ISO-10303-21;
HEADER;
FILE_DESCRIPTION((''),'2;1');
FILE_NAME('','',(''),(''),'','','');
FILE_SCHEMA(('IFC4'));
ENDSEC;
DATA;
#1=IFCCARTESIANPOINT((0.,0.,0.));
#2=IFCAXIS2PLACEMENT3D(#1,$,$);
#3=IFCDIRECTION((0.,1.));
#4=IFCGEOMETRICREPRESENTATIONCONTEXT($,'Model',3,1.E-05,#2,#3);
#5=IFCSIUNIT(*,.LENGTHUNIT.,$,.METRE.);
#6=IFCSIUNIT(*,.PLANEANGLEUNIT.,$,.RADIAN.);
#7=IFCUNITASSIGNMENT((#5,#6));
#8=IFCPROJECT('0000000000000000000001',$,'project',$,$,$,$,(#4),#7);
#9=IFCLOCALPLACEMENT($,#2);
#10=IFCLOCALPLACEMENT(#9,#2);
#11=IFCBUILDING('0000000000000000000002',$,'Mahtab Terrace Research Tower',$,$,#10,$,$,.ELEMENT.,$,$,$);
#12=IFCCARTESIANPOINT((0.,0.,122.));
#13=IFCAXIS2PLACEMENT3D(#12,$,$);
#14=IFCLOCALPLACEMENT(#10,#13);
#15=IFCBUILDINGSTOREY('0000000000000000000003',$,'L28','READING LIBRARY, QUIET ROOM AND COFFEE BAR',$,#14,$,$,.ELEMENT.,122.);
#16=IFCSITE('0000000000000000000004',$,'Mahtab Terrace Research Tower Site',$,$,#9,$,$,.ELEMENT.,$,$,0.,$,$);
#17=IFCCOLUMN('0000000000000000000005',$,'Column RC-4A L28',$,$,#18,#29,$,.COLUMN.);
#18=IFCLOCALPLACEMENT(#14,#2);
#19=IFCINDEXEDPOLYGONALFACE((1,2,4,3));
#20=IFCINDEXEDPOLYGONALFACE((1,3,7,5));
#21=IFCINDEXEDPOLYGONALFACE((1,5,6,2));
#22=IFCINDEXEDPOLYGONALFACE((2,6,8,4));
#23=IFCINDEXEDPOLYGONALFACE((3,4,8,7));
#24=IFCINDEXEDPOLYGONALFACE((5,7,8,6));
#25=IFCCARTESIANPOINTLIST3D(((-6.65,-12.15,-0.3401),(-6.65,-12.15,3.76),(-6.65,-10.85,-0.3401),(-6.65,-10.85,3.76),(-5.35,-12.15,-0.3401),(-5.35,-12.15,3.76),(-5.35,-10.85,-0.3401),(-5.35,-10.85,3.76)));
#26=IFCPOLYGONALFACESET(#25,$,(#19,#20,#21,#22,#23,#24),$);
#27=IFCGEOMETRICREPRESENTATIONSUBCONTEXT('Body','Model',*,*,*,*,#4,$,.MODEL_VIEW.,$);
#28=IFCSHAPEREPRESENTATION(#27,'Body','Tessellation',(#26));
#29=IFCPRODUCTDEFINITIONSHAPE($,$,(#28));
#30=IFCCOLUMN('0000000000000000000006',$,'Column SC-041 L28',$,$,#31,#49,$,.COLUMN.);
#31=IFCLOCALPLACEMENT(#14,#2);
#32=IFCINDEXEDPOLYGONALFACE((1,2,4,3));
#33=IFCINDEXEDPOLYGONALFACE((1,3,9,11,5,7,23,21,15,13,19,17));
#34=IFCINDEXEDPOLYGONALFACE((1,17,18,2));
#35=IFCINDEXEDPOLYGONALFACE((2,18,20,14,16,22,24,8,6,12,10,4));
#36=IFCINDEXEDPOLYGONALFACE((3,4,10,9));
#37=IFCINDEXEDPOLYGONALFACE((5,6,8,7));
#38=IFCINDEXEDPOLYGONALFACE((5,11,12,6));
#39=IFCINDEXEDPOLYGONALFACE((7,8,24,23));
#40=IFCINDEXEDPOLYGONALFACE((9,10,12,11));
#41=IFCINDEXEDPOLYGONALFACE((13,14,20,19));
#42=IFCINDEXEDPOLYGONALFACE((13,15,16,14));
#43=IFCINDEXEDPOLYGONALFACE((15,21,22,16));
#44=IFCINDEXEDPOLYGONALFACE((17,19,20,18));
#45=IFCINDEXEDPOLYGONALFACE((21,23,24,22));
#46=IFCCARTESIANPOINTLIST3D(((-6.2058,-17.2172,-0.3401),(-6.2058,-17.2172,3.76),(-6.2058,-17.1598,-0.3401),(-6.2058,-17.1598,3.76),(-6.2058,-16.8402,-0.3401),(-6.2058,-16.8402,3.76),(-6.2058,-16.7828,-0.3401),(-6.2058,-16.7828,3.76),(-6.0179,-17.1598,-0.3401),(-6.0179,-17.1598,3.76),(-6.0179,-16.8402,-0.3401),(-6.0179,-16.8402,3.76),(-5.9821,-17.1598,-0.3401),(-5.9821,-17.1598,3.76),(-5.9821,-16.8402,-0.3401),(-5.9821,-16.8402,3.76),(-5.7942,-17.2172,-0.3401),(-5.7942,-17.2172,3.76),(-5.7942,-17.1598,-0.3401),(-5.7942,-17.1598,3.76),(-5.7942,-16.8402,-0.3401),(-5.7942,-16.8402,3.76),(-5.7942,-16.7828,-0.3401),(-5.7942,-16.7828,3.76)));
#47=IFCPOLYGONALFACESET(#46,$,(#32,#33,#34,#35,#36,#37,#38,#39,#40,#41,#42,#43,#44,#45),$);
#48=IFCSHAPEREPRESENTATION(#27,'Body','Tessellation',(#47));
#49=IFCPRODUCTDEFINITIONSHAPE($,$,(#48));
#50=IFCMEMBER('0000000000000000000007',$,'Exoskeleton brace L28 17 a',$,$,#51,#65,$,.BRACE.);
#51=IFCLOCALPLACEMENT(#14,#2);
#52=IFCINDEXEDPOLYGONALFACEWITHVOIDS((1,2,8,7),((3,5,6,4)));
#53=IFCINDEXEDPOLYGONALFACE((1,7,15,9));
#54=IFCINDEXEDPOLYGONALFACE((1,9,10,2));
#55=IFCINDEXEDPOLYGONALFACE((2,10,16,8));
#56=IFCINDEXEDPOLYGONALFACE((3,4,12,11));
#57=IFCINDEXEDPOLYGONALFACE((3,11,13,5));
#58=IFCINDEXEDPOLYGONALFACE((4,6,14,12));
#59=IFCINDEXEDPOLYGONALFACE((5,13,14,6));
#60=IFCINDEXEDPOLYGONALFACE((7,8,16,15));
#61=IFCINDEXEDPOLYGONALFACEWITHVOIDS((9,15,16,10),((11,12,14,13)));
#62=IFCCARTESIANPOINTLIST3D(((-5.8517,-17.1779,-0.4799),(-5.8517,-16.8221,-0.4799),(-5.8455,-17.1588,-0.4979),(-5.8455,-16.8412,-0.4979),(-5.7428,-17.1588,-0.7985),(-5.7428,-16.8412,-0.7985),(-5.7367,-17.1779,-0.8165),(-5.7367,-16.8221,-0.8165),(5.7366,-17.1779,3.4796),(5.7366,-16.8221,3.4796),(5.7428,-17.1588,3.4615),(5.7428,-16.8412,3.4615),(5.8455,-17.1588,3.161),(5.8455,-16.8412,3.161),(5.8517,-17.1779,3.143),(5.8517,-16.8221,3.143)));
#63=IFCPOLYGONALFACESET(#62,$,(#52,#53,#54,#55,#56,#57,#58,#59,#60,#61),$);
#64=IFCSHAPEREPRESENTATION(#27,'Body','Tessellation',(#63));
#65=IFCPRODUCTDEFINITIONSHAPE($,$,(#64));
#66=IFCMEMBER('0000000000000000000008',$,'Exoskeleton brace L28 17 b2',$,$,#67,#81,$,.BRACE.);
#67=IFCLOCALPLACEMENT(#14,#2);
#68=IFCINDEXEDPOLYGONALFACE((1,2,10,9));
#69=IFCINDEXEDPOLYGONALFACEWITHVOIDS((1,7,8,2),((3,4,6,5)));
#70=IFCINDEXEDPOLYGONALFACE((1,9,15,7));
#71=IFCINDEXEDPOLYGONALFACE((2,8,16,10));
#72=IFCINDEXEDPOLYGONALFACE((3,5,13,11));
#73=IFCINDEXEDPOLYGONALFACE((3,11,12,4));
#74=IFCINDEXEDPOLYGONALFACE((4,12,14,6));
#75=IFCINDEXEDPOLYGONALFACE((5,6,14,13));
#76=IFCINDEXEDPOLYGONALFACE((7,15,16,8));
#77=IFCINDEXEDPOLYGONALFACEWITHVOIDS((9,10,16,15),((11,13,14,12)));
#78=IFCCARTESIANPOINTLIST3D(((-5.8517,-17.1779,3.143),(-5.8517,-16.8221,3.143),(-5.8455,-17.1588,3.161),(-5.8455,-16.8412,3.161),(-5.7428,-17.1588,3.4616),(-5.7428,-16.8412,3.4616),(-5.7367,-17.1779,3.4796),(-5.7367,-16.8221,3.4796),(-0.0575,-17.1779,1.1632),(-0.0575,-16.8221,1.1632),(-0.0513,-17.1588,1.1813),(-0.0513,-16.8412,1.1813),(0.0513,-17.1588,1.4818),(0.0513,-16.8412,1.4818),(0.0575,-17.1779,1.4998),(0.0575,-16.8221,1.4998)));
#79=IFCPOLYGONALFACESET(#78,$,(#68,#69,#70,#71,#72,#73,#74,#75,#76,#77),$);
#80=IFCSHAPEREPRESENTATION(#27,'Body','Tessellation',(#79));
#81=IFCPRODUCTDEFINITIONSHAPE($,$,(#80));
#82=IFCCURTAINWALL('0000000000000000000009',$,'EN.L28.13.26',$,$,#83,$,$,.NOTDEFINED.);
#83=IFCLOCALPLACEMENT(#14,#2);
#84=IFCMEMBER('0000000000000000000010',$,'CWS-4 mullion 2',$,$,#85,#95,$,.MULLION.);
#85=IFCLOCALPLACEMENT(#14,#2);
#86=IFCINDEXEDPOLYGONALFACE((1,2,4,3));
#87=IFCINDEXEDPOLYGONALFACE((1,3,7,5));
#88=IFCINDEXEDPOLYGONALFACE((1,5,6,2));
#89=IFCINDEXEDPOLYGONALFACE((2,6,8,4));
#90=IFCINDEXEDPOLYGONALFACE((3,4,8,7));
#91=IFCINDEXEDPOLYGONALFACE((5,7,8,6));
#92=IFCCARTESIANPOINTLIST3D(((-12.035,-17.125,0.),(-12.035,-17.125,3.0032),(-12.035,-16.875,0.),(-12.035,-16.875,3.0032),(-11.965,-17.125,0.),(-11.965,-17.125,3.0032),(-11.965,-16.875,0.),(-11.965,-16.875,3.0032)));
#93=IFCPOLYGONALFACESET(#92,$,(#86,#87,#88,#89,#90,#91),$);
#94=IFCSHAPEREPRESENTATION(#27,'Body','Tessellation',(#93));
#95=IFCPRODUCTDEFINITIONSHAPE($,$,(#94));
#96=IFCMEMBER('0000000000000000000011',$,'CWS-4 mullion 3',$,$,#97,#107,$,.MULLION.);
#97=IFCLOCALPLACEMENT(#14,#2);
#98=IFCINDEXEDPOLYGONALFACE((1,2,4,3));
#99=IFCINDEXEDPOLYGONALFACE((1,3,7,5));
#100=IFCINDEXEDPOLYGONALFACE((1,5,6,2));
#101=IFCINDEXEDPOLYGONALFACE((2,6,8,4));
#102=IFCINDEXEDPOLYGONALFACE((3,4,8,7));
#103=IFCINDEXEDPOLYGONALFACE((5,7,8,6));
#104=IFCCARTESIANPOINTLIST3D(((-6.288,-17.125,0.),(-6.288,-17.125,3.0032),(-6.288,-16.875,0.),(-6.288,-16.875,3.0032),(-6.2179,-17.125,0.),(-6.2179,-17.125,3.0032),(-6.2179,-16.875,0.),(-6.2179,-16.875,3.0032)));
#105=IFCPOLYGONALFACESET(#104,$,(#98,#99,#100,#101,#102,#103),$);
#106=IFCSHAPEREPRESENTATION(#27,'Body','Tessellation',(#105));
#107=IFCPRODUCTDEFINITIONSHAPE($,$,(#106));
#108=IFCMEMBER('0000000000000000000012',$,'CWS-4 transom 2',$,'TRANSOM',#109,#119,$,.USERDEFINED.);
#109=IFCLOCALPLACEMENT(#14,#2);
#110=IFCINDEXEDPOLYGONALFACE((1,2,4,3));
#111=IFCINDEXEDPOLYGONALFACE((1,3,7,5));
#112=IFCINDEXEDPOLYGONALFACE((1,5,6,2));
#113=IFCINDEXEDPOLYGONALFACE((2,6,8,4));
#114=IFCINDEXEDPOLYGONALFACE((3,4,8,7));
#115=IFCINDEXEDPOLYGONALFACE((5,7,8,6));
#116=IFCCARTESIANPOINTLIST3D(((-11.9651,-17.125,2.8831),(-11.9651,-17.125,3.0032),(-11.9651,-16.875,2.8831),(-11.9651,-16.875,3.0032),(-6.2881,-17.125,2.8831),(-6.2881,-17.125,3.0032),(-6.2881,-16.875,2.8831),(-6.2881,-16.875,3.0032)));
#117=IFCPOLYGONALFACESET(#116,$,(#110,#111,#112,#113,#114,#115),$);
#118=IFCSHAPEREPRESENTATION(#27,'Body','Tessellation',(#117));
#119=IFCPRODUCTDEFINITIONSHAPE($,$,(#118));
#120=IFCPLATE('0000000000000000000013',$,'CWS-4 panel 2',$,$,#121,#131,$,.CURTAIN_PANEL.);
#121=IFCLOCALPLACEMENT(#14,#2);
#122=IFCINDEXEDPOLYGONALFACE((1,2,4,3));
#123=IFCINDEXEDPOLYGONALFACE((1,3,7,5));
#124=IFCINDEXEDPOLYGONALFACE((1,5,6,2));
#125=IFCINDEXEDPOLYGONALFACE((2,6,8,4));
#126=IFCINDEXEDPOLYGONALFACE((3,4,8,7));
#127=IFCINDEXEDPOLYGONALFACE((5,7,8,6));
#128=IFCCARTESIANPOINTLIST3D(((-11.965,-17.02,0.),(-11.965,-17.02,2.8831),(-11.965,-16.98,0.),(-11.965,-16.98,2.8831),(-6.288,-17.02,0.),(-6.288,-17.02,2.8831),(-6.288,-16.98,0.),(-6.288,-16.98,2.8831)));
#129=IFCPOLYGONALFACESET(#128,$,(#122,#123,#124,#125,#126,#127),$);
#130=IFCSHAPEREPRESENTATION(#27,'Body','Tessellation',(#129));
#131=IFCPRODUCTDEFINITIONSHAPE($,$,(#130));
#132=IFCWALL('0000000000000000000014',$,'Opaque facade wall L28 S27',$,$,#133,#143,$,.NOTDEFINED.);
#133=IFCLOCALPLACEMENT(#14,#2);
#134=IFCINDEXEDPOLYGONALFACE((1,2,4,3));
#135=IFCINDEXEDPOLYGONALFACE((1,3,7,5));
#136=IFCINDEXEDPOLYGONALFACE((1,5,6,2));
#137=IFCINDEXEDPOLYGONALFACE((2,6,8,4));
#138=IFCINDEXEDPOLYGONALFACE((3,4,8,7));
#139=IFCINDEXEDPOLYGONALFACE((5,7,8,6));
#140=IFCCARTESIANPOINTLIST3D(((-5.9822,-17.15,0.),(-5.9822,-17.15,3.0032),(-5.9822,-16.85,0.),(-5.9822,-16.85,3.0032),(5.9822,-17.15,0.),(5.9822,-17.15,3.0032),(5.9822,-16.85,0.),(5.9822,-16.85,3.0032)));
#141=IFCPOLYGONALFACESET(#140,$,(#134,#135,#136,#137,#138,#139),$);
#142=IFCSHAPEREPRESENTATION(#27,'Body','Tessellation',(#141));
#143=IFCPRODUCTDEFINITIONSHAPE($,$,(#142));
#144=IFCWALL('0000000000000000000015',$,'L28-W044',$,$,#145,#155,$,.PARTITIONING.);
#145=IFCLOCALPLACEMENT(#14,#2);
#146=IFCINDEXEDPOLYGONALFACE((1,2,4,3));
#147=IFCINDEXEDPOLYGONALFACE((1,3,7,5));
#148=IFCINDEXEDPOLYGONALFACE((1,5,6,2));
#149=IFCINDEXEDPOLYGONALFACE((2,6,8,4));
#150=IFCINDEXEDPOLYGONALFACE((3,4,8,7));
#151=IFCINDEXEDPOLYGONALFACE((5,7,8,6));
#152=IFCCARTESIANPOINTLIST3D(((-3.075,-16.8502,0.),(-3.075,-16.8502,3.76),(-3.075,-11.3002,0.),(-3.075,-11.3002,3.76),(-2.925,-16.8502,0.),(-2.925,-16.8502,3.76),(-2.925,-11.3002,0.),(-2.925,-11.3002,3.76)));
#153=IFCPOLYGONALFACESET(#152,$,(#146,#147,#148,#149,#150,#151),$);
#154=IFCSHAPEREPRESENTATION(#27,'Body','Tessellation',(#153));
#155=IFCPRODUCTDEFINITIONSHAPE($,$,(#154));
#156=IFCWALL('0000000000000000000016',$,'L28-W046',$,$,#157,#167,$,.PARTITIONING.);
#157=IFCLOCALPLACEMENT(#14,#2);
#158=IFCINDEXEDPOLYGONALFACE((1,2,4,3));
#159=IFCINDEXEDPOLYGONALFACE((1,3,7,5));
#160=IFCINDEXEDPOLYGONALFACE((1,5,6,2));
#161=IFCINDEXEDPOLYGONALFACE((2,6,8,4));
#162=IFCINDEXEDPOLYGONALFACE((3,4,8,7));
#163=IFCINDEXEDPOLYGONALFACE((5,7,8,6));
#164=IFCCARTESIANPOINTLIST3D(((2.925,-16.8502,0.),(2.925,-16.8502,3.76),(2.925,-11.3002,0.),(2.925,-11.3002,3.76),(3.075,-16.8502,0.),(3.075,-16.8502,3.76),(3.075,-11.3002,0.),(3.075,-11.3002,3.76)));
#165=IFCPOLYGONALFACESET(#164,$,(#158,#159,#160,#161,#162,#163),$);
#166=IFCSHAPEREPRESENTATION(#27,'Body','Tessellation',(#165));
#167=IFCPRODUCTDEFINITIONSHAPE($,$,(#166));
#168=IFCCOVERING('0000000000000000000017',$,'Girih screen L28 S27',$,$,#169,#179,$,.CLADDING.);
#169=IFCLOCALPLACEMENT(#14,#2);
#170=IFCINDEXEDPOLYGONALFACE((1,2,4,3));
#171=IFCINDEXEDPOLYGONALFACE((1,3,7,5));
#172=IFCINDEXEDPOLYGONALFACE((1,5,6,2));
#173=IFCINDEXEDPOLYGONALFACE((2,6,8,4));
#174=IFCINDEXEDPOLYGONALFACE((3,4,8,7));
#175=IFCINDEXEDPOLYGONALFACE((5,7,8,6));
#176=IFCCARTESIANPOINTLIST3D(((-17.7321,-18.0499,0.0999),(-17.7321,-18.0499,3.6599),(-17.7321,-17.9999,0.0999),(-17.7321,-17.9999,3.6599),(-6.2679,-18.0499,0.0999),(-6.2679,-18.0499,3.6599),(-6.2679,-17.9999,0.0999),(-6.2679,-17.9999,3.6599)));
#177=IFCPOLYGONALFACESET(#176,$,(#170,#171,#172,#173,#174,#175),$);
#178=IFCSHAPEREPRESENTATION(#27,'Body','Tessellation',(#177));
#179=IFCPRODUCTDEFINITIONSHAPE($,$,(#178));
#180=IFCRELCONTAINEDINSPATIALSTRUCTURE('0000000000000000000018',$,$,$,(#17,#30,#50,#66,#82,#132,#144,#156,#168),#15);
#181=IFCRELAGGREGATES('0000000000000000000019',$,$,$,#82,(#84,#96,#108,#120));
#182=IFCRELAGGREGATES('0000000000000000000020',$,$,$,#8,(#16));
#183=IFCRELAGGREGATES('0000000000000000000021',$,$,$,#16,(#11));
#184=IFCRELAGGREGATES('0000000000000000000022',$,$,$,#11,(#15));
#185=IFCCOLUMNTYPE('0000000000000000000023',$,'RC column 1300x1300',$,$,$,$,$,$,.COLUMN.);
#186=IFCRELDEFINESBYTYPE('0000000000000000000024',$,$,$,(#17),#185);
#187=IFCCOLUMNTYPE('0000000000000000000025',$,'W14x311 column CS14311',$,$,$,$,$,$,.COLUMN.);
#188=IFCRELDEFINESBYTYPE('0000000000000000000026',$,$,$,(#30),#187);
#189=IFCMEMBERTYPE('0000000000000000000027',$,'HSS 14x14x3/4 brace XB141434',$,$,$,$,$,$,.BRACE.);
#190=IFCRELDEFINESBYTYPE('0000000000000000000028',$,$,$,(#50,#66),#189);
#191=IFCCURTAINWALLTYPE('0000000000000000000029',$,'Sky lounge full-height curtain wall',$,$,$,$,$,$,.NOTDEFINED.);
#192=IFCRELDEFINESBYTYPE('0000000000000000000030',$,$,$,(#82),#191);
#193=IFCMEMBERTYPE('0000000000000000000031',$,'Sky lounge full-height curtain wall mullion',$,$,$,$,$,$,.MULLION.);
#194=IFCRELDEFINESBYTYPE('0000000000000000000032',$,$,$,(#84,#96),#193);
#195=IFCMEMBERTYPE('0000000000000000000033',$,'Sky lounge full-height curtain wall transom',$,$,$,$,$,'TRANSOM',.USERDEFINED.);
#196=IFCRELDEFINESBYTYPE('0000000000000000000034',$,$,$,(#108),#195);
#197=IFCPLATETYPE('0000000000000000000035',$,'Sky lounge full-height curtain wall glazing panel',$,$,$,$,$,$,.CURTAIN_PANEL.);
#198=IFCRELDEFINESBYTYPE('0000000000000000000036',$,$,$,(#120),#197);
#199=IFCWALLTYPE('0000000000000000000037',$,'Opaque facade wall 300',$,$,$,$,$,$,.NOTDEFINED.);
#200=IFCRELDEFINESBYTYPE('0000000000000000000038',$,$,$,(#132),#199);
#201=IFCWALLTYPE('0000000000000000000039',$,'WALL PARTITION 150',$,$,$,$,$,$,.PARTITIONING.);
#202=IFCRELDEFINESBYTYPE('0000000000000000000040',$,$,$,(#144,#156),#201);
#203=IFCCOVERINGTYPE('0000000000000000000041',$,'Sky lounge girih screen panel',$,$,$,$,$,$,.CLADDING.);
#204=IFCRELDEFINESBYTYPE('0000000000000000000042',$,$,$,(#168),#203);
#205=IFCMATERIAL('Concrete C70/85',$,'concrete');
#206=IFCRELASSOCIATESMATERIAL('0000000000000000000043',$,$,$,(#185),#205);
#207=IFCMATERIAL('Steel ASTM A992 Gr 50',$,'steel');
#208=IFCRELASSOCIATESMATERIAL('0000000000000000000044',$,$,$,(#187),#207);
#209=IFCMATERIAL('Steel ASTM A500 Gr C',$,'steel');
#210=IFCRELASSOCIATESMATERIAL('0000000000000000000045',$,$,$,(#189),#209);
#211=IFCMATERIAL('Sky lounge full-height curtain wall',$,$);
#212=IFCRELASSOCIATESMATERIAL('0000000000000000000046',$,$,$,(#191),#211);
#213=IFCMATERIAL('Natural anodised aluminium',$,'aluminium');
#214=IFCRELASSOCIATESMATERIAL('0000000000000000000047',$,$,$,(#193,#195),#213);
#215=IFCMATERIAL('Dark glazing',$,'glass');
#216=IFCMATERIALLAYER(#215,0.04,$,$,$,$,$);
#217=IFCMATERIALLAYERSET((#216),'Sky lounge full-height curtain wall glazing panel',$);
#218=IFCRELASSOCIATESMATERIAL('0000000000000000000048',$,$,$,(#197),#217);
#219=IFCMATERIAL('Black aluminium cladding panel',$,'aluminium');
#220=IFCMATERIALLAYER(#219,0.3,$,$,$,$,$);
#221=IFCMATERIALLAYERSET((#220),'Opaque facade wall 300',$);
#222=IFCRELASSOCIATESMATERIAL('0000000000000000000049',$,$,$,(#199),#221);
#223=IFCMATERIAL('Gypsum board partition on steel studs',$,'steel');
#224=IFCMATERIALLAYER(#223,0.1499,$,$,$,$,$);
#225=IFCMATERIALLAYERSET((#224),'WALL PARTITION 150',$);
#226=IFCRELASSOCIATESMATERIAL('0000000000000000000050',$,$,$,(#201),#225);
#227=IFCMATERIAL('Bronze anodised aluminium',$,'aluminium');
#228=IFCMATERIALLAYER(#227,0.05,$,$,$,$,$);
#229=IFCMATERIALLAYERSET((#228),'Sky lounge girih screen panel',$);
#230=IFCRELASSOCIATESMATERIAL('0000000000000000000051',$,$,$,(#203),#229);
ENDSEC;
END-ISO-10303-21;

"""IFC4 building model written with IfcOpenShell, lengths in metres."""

from ifc_helpers import new_model, si_unit, direction, frame, frame_2d, origin, origin_2d, place, context, subcontext, project, spatial, rectangle, hollow_rectangle, i_section, extrude, material, layer, layer_set, material_profile, profile_set, type_object, element, aggregate, save


model = new_model("IFC4")

# Units and contexts
model_context = context("Model", 3, precision=1e-05, world=origin(), true_north=direction((0.0, 1.0)))
body_context = subcontext(model_context, "Body", "Model", "MODEL_VIEW")
ifc_project = project(units=[si_unit("LENGTHUNIT", "METRE"), si_unit("PLANEANGLEUNIT", "RADIAN")], contexts=[model_context])

# Site, building, storey
site_placement = place(None, origin())
site = spatial("IfcSite", under=ifc_project, at=site_placement, Name="Mahtab Terrace Research Tower Site", CompositionType="ELEMENT", RefElevation=0.0)
building_placement = place(site_placement, origin())
building = spatial("IfcBuilding", under=site, at=building_placement, Name="Mahtab Terrace Research Tower", CompositionType="ELEMENT")
storey_placement = place(building_placement, frame((0.0, 0.0, 122.0)))
storey = spatial("IfcBuildingStorey", under=building, at=storey_placement, Name="L28", Description="READING LIBRARY, QUIET ROOM AND COFFEE BAR", CompositionType="ELEMENT", Elevation=122.0)

# Columns
ifc_material_1 = material(Name="Concrete C70/85", Category="concrete")
ifc_material_profile_1 = material_profile(ifc_material_1, rectangle(XDim=1.3, YDim=1.3, at=origin_2d()), Name="RC column 1300x1300")
ifc_profile_set_1 = profile_set([ifc_material_profile_1], Name="Concrete C70/85")
column_type_1 = type_object("IfcColumnType", Name="RC column 1300x1300", PredefinedType="COLUMN", material=ifc_profile_set_1)
column_1_placement = place(storey_placement, frame((-6.0, -11.5, -0.3401), z_axis=(0.0, 0.0, 1.0), x_axis=(1.0, 0.0, 0.0)))
element("IfcColumn", 1, at=column_1_placement, inside=storey, type_object=column_type_1, Name="Column RC-4A L28", PredefinedType="COLUMN", context=body_context, shape_type="SweptSolid", body=[
    extrude(rectangle(XDim=1.3, YDim=1.3, at=origin_2d()), origin(), (0.0, 0.0, 1.0), 4.1001),
])
ifc_material_2 = material(Name="Steel ASTM A992 Gr 50", Category="steel")
ifc_material_profile_2 = material_profile(ifc_material_2, i_section(OverallWidth=0.4116, OverallDepth=0.4343, WebThickness=0.0359, FlangeThickness=0.0574, at=origin_2d()), Name="W14X311")
ifc_profile_set_2 = profile_set([ifc_material_profile_2], Name="Steel ASTM A992 Gr 50")
column_type_2 = type_object("IfcColumnType", Name="W14x311 column CS14311", PredefinedType="COLUMN", material=ifc_profile_set_2)
column_2_placement = place(storey_placement, frame((-6.0, -17.0, -0.3401), z_axis=(0.0, 0.0, 1.0), x_axis=(1.0, 0.0, 0.0)))
element("IfcColumn", 2, at=column_2_placement, inside=storey, type_object=column_type_2, Name="Column SC-041 L28", PredefinedType="COLUMN", context=body_context, shape_type="SweptSolid", body=[
    extrude(i_section(OverallWidth=0.4116, OverallDepth=0.4343, WebThickness=0.0359, FlangeThickness=0.0574, at=origin_2d()), origin(), (0.0, 0.0, 1.0), 4.1001),
])

# Members
ifc_material_3 = material(Name="Steel ASTM A500 Gr C", Category="steel")
ifc_material_profile_3 = material_profile(ifc_material_3, hollow_rectangle(XDim=0.3557, YDim=0.3557, WallThickness=0.019, at=origin_2d()), Name="HSS14X14X3/4")
ifc_profile_set_3 = profile_set([ifc_material_profile_3], Name="Steel ASTM A500 Gr C")
member_type_1 = type_object("IfcMemberType", Name="HSS 14x14x3/4 brace XB141434", PredefinedType="BRACE", material=ifc_profile_set_3)
member_1_placement = place(storey_placement, frame((-5.7942, -17.0, -0.6482), z_axis=(0.946288, 0.0, 0.323324), x_axis=(0.0, 1.0, 0.0)))
element("IfcMember", 3, at=member_1_placement, inside=storey, type_object=member_type_1, Name="Exoskeleton brace L28 17 a", PredefinedType="BRACE", context=body_context, shape_type="SweptSolid", body=[
    extrude(hollow_rectangle(XDim=0.3557, YDim=0.3557, WallThickness=0.019, at=origin_2d()), origin(), (0.0, 0.0, 1.0), 12.2461),
])
member_2_placement = place(storey_placement, frame((0.0, -17.0, 1.3315), z_axis=(-0.946288, 0.0, 0.323324), x_axis=(0.0, -1.0, 0.0)))
element("IfcMember", 4, at=member_2_placement, inside=storey, type_object=member_type_1, Name="Exoskeleton brace L28 17 b2", PredefinedType="BRACE", context=body_context, shape_type="SweptSolid", body=[
    extrude(hollow_rectangle(XDim=0.3557, YDim=0.3557, WallThickness=0.019, at=origin_2d()), origin(), (0.0, 0.0, 1.0), 6.123),
])

# Curtain wall, members, plate
ifc_material_4 = material(Name="Sky lounge full-height curtain wall")
curtain_wall_type = type_object("IfcCurtainWallType", Name="Sky lounge full-height curtain wall", PredefinedType="NOTDEFINED", material=ifc_material_4)
curtain_wall_placement = place(storey_placement, origin())
curtain_wall = element("IfcCurtainWall", 5, at=curtain_wall_placement, inside=storey, type_object=curtain_wall_type, Name="EN.L28.13.26", PredefinedType="NOTDEFINED")
ifc_material_5 = material(Name="Natural anodised aluminium", Category="aluminium")
ifc_material_profile_4 = material_profile(ifc_material_5, rectangle(XDim=0.25, YDim=0.0701, at=origin_2d()), Name="MULLION 70x250")
ifc_profile_set_4 = profile_set([ifc_material_profile_4], Name="Natural anodised aluminium")
member_type_2 = type_object("IfcMemberType", Name="Sky lounge full-height curtain wall mullion", PredefinedType="MULLION", material=ifc_profile_set_4)
member_3_placement = place(storey_placement, frame((-12.0, -17.0, 0.0), z_axis=(0.0, 0.0, 1.0), x_axis=(0.0, 1.0, 0.0)))
member_3 = element("IfcMember", 6, at=member_3_placement, type_object=member_type_2, Name="CWS-4 mullion 2", PredefinedType="MULLION", context=body_context, shape_type="SweptSolid", body=[
    extrude(rectangle(XDim=0.25, YDim=0.0701, at=origin_2d()), origin(), (0.0, 0.0, 1.0), 3.0032),
])
member_4_placement = place(storey_placement, frame((-6.2529, -17.0, 0.0), z_axis=(0.0, 0.0, 1.0), x_axis=(0.0, 1.0, 0.0)))
member_4 = element("IfcMember", 7, at=member_4_placement, type_object=member_type_2, Name="CWS-4 mullion 3", PredefinedType="MULLION", context=body_context, shape_type="SweptSolid", body=[
    extrude(rectangle(XDim=0.25, YDim=0.0701, at=origin_2d()), origin(), (0.0, 0.0, 1.0), 3.0032),
])
ifc_material_profile_5 = material_profile(ifc_material_5, rectangle(XDim=0.25, YDim=0.1201, at=origin_2d()), Name="TRANSOM 120x250")
ifc_profile_set_5 = profile_set([ifc_material_profile_5], Name="Natural anodised aluminium")
member_type_3 = type_object("IfcMemberType", Name="Sky lounge full-height curtain wall transom", ElementType="TRANSOM", PredefinedType="USERDEFINED", material=ifc_profile_set_5)
member_5_placement = place(storey_placement, frame((-11.9651, -17.0, 2.9431), z_axis=(1.0, 0.0, 0.0), x_axis=(0.0, 1.0, 0.0)))
member_5 = element("IfcMember", 8, at=member_5_placement, type_object=member_type_3, Name="CWS-4 transom 2", ObjectType="TRANSOM", PredefinedType="USERDEFINED", context=body_context, shape_type="SweptSolid", body=[
    extrude(rectangle(XDim=0.25, YDim=0.1201, at=origin_2d()), origin(), (0.0, 0.0, 1.0), 5.677),
])
ifc_material_6 = material(Name="Dark glazing", Category="glass")
ifc_layer_1 = layer(ifc_material_6, 0.04)
ifc_layer_set_1 = layer_set([ifc_layer_1], Name="Sky lounge full-height curtain wall glazing panel")
plate_type = type_object("IfcPlateType", Name="Sky lounge full-height curtain wall glazing panel", PredefinedType="CURTAIN_PANEL", material=ifc_layer_set_1)
plate_placement = place(storey_placement, frame((-9.1265, -17.0, 0.0), z_axis=(0.0, 0.0, 1.0), x_axis=(1.0, 0.0, 0.0)))
plate = element("IfcPlate", 9, at=plate_placement, type_object=plate_type, Name="CWS-4 panel 2", PredefinedType="CURTAIN_PANEL", context=body_context, shape_type="SweptSolid", body=[
    extrude(rectangle(XDim=5.677, YDim=0.04, at=origin_2d()), origin(), (0.0, 0.0, 1.0), 2.8831),
])
aggregate(curtain_wall, [member_3, member_4, member_5, plate])

# Walls
ifc_material_7 = material(Name="Black aluminium cladding panel", Category="aluminium")
ifc_layer_2 = layer(ifc_material_7, 0.3)
ifc_layer_set_2 = layer_set([ifc_layer_2], Name="Opaque facade wall 300")
wall_type_1 = type_object("IfcWallType", Name="Opaque facade wall 300", PredefinedType="NOTDEFINED", material=ifc_layer_set_2)
wall_placement = place(storey_placement, frame((-5.9822, -17.0, 0.0), z_axis=(0.0, 0.0, 1.0), x_axis=(1.0, 0.0, 0.0)))
element("IfcWall", 10, at=wall_placement, inside=storey, type_object=wall_type_1, Name="Opaque facade wall L28 S27", PredefinedType="NOTDEFINED", context=body_context, shape_type="SweptSolid", body=[
    extrude(rectangle(XDim=11.9644, YDim=0.3, at=frame_2d((5.9822, 0.0))), origin(), (0.0, 0.0, 1.0), 3.0032),
])
ifc_material_8 = material(Name="Gypsum board partition on steel studs", Category="steel")
ifc_layer_3 = layer(ifc_material_8, 0.1499)
ifc_layer_set_3 = layer_set([ifc_layer_3], Name="WALL PARTITION 150")
wall_type_2 = type_object("IfcWallType", Name="WALL PARTITION 150", PredefinedType="PARTITIONING", material=ifc_layer_set_3)
for number, where, z_axis, x_axis, name in (
    (11, (-3.0, -16.8501, 0.0), (0.0, 0.0, 1.0), (0.0, 1.0, 0.0), "L28-W044"),
    (12, (3.0, -16.8501, 0.0), (0.0, 0.0, 1.0), (0.0, 1.0, 0.0), "L28-W046"),
):
    element("IfcWall", number, at=place(storey_placement, frame(where, z_axis=z_axis, x_axis=x_axis)), inside=storey, type_object=wall_type_2, Name=name, PredefinedType="PARTITIONING", context=body_context, shape_type="SweptSolid", body=[
        extrude(rectangle(XDim=5.55, YDim=0.1499, at=frame_2d((2.7749, 0.0))), origin(), (0.0, 0.0, 1.0), 3.76),
    ])

# Covering
ifc_material_9 = material(Name="Bronze anodised aluminium", Category="aluminium")
ifc_layer_4 = layer(ifc_material_9, 0.05)
ifc_layer_set_4 = layer_set([ifc_layer_4], Name="Sky lounge girih screen panel")
covering_type_1 = type_object("IfcCoveringType", Name="Sky lounge girih screen panel", PredefinedType="CLADDING", material=ifc_layer_set_4)
covering_placement = place(storey_placement, frame((-12.0, -18.0249, 0.0999), z_axis=(0.0, 0.0, 1.0), x_axis=(1.0, 0.0, 0.0)))
element("IfcCovering", 13, at=covering_placement, inside=storey, type_object=covering_type_1, Name="Girih screen L28 S27", PredefinedType="CLADDING", context=body_context, shape_type="SweptSolid", body=[
    extrude(rectangle(XDim=11.4641, YDim=0.05, at=origin_2d()), origin(), (0.0, 0.0, 1.0), 3.5601),
])

save(model, "model.ifc")
